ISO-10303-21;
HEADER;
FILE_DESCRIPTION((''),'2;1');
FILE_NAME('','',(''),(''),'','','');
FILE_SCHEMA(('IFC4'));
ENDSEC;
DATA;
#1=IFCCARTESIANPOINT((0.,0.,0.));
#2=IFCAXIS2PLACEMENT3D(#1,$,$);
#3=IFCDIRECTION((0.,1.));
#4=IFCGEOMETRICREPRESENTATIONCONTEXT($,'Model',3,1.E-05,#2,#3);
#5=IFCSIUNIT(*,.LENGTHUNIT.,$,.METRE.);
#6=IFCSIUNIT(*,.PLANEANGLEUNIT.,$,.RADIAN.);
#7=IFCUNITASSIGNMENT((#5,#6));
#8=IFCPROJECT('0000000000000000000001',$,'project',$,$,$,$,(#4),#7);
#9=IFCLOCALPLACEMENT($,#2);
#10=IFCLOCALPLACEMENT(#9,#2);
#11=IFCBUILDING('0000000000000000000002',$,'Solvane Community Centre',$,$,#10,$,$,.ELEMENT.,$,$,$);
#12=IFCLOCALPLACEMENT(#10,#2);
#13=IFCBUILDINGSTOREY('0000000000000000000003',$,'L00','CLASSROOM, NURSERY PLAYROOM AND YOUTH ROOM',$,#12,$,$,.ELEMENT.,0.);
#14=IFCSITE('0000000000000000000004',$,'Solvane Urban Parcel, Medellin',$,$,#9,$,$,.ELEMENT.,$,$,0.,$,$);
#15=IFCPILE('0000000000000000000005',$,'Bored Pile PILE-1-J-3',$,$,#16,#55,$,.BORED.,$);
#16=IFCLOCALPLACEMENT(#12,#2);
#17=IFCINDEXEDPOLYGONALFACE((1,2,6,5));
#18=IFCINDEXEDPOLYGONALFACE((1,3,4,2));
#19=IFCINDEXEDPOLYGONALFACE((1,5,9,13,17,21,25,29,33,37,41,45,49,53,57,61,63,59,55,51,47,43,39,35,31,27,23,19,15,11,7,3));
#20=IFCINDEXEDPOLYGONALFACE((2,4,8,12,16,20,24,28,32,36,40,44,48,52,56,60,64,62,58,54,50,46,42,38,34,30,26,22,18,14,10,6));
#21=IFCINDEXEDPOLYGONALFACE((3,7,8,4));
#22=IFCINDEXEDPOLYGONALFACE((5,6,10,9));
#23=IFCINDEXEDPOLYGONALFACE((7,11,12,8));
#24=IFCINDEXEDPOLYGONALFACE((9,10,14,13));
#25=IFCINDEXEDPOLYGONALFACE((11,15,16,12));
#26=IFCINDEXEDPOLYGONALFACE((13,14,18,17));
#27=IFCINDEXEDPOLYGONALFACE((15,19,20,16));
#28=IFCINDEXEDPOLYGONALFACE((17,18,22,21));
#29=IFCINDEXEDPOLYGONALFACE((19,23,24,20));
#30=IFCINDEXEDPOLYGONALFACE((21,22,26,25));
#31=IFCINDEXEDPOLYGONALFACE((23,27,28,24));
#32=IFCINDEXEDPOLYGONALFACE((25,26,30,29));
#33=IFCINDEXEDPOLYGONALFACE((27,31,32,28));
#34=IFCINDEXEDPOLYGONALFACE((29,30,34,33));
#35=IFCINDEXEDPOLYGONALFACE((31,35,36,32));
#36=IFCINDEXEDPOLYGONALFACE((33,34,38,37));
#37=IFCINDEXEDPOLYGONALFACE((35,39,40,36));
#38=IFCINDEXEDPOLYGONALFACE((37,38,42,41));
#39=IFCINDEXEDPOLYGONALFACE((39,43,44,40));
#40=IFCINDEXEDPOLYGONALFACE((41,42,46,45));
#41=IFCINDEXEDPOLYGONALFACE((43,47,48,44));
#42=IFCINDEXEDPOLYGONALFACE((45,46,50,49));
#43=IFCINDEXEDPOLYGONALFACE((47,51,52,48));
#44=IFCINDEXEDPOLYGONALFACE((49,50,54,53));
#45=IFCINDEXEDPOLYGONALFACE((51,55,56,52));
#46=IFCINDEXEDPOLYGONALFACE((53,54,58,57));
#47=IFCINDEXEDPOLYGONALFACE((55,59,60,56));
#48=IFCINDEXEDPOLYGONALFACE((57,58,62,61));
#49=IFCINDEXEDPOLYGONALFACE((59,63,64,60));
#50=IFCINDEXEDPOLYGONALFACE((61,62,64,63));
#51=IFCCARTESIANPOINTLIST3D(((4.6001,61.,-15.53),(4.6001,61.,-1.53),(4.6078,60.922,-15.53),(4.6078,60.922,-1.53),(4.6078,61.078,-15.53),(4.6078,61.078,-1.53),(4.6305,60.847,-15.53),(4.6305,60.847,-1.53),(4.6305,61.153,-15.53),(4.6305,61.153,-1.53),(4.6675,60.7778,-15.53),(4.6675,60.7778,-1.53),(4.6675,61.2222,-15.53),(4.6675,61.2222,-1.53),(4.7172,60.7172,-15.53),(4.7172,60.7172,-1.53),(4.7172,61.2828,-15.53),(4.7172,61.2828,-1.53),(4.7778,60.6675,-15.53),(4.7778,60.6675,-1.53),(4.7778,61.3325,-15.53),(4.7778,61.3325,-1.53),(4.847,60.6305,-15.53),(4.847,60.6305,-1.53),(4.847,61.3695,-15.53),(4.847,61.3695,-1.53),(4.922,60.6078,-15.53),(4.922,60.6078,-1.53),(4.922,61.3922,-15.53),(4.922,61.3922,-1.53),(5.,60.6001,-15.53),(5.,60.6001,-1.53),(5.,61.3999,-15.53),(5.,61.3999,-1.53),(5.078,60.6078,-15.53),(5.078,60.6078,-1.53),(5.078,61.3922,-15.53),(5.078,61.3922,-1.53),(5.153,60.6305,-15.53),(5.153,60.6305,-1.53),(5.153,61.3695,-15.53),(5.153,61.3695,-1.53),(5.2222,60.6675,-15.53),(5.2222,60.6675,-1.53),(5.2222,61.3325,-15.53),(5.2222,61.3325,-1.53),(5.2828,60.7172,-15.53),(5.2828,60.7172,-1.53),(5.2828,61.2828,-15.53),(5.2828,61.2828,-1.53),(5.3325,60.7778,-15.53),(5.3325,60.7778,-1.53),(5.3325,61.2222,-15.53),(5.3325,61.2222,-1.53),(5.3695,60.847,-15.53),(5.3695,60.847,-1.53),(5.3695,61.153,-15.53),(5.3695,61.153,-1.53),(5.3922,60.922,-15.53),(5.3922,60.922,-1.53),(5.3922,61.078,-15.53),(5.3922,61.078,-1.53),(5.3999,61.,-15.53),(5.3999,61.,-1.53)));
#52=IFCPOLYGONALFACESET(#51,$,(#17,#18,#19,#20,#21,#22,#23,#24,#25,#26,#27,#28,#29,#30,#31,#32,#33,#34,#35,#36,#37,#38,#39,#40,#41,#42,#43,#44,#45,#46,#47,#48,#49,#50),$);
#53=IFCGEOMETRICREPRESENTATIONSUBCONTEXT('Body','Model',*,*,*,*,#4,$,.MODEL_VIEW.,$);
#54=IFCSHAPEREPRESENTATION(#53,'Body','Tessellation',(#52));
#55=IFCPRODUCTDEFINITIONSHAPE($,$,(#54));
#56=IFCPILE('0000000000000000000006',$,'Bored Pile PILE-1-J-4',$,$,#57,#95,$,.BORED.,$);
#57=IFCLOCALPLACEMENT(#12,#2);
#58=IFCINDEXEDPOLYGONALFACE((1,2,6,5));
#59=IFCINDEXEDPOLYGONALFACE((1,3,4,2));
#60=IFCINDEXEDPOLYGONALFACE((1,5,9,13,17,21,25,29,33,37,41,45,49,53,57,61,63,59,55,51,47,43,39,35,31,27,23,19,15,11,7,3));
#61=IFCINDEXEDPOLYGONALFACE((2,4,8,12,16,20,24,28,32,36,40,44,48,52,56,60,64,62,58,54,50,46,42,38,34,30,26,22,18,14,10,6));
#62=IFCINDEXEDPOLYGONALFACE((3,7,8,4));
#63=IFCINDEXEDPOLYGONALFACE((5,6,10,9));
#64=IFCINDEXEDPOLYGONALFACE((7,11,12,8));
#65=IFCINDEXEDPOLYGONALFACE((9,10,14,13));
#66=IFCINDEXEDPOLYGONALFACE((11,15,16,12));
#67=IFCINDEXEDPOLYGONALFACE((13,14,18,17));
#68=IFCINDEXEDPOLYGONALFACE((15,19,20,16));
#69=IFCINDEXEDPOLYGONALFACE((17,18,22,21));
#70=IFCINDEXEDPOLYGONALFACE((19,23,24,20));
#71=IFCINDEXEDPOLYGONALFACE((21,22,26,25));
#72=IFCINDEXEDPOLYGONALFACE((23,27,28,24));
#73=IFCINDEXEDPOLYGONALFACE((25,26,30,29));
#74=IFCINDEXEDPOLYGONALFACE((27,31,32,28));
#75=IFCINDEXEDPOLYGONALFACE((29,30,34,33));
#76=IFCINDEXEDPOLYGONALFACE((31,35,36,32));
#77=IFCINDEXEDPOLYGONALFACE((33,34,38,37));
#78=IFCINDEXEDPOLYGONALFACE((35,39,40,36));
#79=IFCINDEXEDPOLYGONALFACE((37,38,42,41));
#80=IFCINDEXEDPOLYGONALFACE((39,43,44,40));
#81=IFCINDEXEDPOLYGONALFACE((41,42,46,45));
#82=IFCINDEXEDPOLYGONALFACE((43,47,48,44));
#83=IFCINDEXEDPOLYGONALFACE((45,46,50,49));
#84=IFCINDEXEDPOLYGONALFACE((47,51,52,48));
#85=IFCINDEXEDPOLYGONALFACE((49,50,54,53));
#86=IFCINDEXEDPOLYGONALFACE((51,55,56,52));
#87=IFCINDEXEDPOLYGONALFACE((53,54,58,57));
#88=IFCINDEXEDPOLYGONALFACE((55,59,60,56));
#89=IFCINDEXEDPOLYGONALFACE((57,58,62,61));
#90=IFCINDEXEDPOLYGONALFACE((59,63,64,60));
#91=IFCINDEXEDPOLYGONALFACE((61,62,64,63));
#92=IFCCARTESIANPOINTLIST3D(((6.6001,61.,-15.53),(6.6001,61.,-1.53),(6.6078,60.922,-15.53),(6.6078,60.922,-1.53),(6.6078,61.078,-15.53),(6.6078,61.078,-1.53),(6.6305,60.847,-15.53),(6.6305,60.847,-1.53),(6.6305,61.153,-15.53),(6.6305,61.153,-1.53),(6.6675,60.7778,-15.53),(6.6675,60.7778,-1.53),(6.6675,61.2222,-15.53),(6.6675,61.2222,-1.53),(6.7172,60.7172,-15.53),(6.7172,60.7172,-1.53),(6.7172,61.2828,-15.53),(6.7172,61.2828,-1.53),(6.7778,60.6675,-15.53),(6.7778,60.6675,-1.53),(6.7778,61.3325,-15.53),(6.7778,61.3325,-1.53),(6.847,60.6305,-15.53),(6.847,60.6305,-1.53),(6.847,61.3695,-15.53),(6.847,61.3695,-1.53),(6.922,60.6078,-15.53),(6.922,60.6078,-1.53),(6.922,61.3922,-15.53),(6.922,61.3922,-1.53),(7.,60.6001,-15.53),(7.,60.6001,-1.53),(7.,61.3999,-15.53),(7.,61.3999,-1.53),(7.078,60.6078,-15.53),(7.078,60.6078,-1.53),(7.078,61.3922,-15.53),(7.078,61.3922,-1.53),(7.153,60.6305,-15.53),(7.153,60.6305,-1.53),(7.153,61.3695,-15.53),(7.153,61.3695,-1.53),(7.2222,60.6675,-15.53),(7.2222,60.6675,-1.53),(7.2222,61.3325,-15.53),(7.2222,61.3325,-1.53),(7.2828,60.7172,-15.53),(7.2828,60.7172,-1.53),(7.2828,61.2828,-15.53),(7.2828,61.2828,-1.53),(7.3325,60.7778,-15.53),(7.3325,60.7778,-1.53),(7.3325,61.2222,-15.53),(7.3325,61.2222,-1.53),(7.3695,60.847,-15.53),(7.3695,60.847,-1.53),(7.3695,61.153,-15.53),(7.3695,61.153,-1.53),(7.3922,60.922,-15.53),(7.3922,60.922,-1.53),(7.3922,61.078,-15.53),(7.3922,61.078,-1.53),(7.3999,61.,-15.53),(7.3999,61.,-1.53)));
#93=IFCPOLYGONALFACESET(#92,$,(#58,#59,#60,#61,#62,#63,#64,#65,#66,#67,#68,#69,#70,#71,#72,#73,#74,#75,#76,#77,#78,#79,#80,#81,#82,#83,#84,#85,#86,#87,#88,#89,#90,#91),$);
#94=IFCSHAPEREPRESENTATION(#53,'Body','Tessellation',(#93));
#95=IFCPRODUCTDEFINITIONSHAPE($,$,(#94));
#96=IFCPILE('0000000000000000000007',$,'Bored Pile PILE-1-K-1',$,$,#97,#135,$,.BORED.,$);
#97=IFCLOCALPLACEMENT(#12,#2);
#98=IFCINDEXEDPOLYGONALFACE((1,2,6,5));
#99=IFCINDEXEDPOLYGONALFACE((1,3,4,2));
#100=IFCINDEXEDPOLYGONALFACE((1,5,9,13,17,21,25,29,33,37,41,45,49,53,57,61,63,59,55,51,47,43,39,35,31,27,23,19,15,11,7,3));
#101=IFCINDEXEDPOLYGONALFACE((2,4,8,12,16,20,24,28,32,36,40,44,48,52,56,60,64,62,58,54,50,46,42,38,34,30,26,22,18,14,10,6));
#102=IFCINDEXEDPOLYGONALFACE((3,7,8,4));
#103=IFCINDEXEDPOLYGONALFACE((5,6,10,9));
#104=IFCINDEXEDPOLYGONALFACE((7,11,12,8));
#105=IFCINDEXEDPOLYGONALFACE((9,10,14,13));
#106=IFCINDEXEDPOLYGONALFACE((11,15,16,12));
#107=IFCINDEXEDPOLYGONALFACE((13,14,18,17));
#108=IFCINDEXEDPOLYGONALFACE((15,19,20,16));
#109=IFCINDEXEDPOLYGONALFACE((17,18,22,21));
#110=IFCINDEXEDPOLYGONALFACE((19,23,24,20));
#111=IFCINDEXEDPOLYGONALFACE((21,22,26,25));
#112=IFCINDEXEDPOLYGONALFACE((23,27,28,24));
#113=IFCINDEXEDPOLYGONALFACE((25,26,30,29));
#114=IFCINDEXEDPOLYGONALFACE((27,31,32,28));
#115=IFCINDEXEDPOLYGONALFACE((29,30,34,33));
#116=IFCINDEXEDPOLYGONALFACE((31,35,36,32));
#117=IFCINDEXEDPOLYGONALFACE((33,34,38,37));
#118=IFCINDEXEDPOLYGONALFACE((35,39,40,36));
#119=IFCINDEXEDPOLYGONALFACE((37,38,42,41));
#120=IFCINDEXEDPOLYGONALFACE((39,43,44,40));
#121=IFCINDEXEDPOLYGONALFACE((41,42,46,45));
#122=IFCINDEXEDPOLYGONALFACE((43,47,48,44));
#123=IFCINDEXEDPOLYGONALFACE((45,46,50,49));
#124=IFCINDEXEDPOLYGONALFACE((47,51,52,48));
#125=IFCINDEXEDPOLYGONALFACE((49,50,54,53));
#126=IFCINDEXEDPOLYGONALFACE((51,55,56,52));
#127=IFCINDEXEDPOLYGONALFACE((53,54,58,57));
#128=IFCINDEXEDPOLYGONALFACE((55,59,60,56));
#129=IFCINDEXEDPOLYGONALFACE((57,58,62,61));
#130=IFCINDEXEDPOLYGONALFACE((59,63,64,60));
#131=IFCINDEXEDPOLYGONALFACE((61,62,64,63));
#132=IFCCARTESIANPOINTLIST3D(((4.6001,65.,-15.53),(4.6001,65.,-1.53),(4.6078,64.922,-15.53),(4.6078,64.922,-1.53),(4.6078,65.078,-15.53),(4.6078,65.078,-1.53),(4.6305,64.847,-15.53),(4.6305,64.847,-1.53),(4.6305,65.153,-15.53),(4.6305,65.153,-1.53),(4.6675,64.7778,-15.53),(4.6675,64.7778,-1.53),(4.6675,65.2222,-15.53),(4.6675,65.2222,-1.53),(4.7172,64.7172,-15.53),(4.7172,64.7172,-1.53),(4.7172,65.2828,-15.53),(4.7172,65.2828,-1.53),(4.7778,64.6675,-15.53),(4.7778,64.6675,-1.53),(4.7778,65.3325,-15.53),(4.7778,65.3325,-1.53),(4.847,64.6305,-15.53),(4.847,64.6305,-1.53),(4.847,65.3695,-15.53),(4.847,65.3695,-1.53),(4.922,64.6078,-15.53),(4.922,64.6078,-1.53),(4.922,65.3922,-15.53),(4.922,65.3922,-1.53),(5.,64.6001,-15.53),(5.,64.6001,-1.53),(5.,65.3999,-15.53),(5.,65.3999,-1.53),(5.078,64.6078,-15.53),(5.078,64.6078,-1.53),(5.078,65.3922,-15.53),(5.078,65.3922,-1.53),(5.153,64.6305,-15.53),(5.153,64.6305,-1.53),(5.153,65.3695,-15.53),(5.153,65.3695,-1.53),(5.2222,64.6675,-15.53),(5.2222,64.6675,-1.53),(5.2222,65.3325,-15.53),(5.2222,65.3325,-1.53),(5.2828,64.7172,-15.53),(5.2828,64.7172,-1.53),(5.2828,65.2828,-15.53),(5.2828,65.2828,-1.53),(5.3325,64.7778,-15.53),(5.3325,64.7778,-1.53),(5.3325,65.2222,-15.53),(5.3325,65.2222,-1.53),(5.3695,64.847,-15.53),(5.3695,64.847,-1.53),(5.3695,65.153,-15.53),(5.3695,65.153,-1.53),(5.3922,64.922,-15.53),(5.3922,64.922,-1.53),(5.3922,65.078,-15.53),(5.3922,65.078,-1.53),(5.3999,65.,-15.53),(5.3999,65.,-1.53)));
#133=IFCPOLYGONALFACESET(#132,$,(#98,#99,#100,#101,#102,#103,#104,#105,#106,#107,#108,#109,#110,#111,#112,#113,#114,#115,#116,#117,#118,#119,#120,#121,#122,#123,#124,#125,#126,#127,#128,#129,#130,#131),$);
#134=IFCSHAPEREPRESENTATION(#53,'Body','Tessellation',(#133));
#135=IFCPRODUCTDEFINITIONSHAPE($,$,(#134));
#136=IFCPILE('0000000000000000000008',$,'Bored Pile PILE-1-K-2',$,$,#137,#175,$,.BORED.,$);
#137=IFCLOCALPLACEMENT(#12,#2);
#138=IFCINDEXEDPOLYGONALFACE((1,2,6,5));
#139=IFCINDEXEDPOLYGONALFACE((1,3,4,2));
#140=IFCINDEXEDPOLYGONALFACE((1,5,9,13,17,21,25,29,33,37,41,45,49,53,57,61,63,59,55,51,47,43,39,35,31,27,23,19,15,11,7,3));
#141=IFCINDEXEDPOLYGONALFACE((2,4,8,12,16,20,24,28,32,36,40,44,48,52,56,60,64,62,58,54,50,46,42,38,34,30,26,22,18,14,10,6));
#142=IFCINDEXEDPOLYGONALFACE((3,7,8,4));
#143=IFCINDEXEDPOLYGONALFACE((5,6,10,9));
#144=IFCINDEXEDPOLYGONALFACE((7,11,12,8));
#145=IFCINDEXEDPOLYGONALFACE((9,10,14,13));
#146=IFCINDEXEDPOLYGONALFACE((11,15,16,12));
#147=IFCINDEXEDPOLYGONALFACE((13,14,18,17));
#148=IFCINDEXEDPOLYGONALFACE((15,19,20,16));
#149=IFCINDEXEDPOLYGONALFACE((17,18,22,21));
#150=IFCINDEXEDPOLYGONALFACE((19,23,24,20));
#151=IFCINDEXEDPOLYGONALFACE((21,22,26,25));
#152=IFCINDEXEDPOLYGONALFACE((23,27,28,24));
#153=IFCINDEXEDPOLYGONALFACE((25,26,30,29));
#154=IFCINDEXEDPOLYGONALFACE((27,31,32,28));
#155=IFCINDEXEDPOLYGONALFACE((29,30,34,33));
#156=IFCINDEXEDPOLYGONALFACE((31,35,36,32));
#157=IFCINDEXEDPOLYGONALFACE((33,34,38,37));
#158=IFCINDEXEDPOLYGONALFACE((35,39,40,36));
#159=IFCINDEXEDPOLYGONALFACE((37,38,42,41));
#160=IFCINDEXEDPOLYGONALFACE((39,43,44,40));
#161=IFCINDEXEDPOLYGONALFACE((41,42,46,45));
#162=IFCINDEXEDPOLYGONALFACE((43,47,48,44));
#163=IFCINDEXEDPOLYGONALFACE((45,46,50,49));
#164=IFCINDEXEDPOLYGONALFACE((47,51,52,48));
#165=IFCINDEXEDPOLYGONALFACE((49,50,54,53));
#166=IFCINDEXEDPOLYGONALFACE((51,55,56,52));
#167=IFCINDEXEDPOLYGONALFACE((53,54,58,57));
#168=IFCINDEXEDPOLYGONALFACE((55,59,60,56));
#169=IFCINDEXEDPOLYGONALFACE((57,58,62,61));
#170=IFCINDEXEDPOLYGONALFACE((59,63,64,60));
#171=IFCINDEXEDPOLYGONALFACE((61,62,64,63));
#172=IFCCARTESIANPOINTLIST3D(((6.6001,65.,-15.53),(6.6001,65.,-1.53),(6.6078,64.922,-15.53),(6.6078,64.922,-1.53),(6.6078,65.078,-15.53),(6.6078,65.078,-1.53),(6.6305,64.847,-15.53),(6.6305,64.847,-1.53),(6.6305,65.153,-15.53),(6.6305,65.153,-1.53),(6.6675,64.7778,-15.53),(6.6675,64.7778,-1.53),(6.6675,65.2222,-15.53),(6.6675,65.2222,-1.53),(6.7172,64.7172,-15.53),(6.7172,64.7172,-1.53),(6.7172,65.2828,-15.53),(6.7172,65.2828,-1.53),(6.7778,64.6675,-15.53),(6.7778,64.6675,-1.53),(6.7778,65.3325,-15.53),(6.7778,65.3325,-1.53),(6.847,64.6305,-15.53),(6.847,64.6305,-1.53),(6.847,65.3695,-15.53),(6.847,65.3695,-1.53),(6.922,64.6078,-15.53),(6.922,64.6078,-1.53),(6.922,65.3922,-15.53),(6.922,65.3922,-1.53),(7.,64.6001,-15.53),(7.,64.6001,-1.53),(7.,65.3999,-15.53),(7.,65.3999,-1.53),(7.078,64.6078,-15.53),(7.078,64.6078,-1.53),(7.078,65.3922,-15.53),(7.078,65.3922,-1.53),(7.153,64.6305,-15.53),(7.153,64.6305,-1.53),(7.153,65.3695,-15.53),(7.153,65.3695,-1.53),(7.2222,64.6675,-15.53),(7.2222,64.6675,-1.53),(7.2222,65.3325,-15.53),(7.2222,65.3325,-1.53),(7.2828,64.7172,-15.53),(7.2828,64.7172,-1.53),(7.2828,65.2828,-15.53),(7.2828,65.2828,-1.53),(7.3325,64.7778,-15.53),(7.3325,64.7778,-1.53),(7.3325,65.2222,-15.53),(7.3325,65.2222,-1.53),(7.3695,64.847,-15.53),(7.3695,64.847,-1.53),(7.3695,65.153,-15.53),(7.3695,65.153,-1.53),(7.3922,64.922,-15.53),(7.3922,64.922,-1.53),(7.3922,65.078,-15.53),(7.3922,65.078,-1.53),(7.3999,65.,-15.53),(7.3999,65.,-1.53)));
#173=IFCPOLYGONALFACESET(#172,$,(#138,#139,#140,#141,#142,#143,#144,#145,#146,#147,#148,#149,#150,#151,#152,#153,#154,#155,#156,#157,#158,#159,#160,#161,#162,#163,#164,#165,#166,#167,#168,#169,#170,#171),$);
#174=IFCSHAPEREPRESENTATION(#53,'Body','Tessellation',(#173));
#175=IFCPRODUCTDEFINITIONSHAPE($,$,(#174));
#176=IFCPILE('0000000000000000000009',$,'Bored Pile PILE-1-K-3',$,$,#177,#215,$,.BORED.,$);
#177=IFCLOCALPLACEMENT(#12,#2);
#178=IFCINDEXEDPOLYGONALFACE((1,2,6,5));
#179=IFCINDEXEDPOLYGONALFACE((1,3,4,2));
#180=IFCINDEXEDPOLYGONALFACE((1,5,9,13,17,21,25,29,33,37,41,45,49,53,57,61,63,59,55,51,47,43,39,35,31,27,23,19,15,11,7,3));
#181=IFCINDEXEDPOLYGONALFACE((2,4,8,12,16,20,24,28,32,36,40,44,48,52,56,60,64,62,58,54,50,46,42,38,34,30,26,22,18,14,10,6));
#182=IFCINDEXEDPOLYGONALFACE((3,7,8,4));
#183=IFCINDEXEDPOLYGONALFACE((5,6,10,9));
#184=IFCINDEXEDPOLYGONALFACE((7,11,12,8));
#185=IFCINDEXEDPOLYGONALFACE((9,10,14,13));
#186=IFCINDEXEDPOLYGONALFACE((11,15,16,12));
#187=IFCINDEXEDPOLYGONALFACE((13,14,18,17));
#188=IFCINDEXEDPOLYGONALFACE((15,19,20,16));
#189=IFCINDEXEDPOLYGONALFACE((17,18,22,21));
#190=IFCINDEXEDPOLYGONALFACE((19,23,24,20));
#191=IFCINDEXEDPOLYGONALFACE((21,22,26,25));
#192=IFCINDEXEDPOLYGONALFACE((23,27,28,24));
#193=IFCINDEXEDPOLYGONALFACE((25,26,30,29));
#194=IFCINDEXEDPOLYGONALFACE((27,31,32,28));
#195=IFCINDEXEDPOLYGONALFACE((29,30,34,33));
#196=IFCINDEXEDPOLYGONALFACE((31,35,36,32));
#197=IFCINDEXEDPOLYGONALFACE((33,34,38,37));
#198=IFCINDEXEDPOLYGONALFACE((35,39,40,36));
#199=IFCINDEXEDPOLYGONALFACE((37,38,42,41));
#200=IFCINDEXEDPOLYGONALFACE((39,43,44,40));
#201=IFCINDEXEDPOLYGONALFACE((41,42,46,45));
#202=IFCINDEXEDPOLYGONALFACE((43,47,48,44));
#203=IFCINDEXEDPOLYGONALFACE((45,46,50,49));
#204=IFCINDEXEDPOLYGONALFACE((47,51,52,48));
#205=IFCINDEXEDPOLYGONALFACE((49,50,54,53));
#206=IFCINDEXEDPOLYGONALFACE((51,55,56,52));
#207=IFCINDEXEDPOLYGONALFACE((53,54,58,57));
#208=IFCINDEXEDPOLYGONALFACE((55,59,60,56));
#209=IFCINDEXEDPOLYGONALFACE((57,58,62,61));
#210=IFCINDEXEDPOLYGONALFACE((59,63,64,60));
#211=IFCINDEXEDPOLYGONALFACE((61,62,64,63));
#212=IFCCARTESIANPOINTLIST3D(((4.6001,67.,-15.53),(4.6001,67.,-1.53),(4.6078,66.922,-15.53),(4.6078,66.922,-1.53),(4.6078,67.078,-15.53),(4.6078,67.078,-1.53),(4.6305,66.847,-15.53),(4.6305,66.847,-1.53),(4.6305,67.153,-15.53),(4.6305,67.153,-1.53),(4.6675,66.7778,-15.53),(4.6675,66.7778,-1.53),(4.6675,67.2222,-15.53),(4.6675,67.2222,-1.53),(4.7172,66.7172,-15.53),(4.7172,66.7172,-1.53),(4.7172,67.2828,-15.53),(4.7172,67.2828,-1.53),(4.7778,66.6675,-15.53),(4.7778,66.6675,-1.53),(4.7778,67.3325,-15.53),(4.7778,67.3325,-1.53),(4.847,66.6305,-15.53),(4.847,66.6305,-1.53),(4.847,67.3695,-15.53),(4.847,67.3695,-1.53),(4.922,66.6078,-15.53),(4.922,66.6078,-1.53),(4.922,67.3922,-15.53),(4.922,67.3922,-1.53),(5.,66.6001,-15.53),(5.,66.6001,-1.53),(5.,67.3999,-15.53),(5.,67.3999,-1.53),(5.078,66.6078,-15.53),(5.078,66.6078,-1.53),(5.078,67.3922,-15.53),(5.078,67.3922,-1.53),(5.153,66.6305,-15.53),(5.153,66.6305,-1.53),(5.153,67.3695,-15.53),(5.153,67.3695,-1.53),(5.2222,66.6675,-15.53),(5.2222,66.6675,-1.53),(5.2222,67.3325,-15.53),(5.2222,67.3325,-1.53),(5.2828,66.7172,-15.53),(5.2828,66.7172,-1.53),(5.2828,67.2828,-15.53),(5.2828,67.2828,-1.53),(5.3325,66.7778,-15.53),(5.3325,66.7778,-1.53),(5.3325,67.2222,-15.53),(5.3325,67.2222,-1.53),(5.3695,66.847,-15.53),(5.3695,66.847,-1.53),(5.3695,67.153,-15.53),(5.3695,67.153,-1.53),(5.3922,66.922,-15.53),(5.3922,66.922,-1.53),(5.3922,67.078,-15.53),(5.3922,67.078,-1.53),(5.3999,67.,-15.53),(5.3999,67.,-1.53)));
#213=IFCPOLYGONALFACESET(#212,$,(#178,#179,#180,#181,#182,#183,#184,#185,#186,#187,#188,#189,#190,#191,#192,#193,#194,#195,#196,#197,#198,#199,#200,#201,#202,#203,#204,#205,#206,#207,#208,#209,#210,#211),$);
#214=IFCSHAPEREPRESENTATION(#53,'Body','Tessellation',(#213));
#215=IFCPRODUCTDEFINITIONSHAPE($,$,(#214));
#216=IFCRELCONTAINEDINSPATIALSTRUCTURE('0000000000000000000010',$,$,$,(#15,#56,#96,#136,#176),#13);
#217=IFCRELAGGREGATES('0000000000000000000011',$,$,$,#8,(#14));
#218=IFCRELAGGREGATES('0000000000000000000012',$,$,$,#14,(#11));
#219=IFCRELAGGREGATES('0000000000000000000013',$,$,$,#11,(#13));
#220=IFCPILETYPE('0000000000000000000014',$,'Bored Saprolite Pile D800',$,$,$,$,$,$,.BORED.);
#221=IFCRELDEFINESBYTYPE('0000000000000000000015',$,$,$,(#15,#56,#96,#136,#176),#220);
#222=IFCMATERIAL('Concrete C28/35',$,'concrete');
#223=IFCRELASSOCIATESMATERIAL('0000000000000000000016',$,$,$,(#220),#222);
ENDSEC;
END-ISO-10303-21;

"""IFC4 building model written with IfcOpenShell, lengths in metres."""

from ifc_helpers import new_model, si_unit, direction, frame, origin, origin_2d, place, context, subcontext, project, spatial, circle, extrude, material, material_profile, profile_set, type_object, element, save


model = new_model("IFC4")

# Units and contexts
model_context = context("Model", 3, precision=1e-05, world=origin(), true_north=direction((0.0, 1.0)))
body_context = subcontext(model_context, "Body", "Model", "MODEL_VIEW")
ifc_project = project(units=[si_unit("LENGTHUNIT", "METRE"), si_unit("PLANEANGLEUNIT", "RADIAN")], contexts=[model_context])

# Site, building, storey
site_placement = place(None, origin())
site = spatial("IfcSite", under=ifc_project, at=site_placement, Name="Solvane Urban Parcel, Medellin", CompositionType="ELEMENT", RefElevation=0.0)
building_placement = place(site_placement, origin())
building = spatial("IfcBuilding", under=site, at=building_placement, Name="Solvane Community Centre", CompositionType="ELEMENT")
storey_placement = place(building_placement, origin())
storey = spatial("IfcBuildingStorey", under=building, at=storey_placement, Name="L00", Description="CLASSROOM, NURSERY PLAYROOM AND YOUTH ROOM", CompositionType="ELEMENT", Elevation=0.0)

# Piles
ifc_material_1 = material(Name="Concrete C28/35", Category="concrete")
ifc_material_profile_1 = material_profile(ifc_material_1, circle(Radius=0.3999, at=origin_2d()), Name="PILE D800")
ifc_profile_set_1 = profile_set([ifc_material_profile_1], Name="Concrete C28/35")
pile_type = type_object("IfcPileType", Name="Bored Saprolite Pile D800", PredefinedType="BORED", material=ifc_profile_set_1)
for number, where, z_axis, x_axis, name in (
    (1, (5.0, 61.0, -1.53), (0.0, 0.0, -1.0), (1.0, 0.0, 0.0), "Bored Pile PILE-1-J-3"),
    (2, (7.0, 61.0, -1.53), (0.0, 0.0, -1.0), (1.0, 0.0, 0.0), "Bored Pile PILE-1-J-4"),
    (3, (5.0, 65.0, -1.53), (0.0, 0.0, -1.0), (1.0, 0.0, 0.0), "Bored Pile PILE-1-K-1"),
    (4, (7.0, 65.0, -1.53), (0.0, 0.0, -1.0), (1.0, 0.0, 0.0), "Bored Pile PILE-1-K-2"),
    (5, (5.0, 67.0, -1.53), (0.0, 0.0, -1.0), (1.0, 0.0, 0.0), "Bored Pile PILE-1-K-3"),
):
    element("IfcPile", number, at=place(storey_placement, frame(where, z_axis=z_axis, x_axis=x_axis)), inside=storey, type_object=pile_type, Name=name, PredefinedType="BORED", context=body_context, shape_type="SweptSolid", body=[
        extrude(circle(Radius=0.3999, at=origin_2d()), origin(), (0.0, 0.0, 1.0), 14.0),
    ])

save(model, "model.ifc")
